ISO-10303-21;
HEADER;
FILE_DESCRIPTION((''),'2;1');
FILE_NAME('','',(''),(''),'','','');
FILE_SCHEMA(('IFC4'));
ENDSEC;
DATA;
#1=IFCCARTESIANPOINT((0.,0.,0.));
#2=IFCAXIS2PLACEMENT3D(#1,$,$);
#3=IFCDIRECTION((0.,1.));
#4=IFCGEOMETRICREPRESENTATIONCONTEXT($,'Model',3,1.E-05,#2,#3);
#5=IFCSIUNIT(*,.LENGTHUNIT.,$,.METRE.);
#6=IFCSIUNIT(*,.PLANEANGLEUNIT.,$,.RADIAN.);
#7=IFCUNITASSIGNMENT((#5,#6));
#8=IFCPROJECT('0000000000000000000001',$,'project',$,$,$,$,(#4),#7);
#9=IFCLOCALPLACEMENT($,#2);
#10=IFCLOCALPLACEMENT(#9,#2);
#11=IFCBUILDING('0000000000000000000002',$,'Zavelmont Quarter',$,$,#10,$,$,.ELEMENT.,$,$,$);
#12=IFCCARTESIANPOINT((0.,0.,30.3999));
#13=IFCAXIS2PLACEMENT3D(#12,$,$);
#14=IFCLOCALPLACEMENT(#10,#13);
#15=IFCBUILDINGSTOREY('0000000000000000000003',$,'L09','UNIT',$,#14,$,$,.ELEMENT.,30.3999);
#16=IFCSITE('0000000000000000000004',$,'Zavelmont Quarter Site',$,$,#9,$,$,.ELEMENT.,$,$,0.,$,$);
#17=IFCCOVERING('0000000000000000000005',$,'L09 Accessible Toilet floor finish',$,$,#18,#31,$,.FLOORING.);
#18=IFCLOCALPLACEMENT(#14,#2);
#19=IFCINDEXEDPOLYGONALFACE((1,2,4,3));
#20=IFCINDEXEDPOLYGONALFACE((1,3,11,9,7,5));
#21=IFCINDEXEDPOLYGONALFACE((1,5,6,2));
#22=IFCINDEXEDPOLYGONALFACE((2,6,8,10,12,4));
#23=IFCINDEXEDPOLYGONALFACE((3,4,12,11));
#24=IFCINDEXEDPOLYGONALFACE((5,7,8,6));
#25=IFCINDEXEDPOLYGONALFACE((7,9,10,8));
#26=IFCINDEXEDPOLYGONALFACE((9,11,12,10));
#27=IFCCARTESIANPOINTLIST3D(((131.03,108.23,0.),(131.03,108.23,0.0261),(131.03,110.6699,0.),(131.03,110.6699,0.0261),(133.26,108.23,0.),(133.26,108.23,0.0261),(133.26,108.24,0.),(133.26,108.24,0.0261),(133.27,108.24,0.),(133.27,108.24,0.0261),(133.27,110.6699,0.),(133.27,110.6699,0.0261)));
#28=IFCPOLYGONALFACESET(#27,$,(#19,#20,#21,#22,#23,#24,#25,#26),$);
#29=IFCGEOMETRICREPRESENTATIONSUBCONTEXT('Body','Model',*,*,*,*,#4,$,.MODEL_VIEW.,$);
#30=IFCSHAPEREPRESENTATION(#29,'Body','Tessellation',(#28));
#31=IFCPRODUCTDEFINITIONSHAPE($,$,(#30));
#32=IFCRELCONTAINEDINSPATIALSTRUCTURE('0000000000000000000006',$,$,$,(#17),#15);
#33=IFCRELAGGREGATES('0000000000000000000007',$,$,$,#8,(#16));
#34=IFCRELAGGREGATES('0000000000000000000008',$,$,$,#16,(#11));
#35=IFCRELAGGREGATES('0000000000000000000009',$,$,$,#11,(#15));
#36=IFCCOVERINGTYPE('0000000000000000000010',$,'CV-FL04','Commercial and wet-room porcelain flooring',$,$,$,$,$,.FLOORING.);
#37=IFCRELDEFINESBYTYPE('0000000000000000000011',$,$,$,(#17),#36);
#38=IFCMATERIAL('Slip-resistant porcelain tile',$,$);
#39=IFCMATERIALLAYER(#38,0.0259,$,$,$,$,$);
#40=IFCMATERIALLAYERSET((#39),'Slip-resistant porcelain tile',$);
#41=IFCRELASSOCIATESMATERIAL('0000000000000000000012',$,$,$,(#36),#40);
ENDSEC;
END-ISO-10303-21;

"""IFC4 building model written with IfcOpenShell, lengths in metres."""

from ifc_helpers import new_model, si_unit, direction, frame, origin, place, context, subcontext, project, spatial, polyline, outline, extrude, material, layer, layer_set, type_object, element, save


model = new_model("IFC4")

# Units and contexts
model_context = context("Model", 3, precision=1e-05, world=origin(), true_north=direction((0.0, 1.0)))
body_context = subcontext(model_context, "Body", "Model", "MODEL_VIEW")
ifc_project = project(units=[si_unit("LENGTHUNIT", "METRE"), si_unit("PLANEANGLEUNIT", "RADIAN")], contexts=[model_context])

# Site, building, storey
site_placement = place(None, origin())
site = spatial("IfcSite", under=ifc_project, at=site_placement, Name="Zavelmont Quarter Site", CompositionType="ELEMENT", RefElevation=0.0)
building_placement = place(site_placement, origin())
building = spatial("IfcBuilding", under=site, at=building_placement, Name="Zavelmont Quarter", CompositionType="ELEMENT")
storey_placement = place(building_placement, frame((0.0, 0.0, 30.3999)))
storey = spatial("IfcBuildingStorey", under=building, at=storey_placement, Name="L09", Description="UNIT", CompositionType="ELEMENT", Elevation=30.3999)

# Covering
ifc_material_1 = material(Name="Slip-resistant porcelain tile")
ifc_layer_1 = layer(ifc_material_1, 0.0259)
ifc_layer_set_1 = layer_set([ifc_layer_1], Name="Slip-resistant porcelain tile")
covering_type_1 = type_object("IfcCoveringType", Name="CV-FL04", Description="Commercial and wet-room porcelain flooring", PredefinedType="FLOORING", material=ifc_layer_set_1)
covering_1_placement = place(storey_placement, origin())
element("IfcCovering", 1, at=covering_1_placement, inside=storey, type_object=covering_type_1, Name="L09 Accessible Toilet floor finish", PredefinedType="FLOORING", context=body_context, shape_type="SweptSolid", body=[
    extrude(outline(polyline([(131.03, 110.6699), (133.27, 110.6699), (133.27, 108.24), (133.26, 108.24), (133.26, 108.23), (131.03, 108.23), (131.03, 110.6699)])), origin(), (0.0, 0.0, 1.0), 0.0261),
])

save(model, "model.ifc")
